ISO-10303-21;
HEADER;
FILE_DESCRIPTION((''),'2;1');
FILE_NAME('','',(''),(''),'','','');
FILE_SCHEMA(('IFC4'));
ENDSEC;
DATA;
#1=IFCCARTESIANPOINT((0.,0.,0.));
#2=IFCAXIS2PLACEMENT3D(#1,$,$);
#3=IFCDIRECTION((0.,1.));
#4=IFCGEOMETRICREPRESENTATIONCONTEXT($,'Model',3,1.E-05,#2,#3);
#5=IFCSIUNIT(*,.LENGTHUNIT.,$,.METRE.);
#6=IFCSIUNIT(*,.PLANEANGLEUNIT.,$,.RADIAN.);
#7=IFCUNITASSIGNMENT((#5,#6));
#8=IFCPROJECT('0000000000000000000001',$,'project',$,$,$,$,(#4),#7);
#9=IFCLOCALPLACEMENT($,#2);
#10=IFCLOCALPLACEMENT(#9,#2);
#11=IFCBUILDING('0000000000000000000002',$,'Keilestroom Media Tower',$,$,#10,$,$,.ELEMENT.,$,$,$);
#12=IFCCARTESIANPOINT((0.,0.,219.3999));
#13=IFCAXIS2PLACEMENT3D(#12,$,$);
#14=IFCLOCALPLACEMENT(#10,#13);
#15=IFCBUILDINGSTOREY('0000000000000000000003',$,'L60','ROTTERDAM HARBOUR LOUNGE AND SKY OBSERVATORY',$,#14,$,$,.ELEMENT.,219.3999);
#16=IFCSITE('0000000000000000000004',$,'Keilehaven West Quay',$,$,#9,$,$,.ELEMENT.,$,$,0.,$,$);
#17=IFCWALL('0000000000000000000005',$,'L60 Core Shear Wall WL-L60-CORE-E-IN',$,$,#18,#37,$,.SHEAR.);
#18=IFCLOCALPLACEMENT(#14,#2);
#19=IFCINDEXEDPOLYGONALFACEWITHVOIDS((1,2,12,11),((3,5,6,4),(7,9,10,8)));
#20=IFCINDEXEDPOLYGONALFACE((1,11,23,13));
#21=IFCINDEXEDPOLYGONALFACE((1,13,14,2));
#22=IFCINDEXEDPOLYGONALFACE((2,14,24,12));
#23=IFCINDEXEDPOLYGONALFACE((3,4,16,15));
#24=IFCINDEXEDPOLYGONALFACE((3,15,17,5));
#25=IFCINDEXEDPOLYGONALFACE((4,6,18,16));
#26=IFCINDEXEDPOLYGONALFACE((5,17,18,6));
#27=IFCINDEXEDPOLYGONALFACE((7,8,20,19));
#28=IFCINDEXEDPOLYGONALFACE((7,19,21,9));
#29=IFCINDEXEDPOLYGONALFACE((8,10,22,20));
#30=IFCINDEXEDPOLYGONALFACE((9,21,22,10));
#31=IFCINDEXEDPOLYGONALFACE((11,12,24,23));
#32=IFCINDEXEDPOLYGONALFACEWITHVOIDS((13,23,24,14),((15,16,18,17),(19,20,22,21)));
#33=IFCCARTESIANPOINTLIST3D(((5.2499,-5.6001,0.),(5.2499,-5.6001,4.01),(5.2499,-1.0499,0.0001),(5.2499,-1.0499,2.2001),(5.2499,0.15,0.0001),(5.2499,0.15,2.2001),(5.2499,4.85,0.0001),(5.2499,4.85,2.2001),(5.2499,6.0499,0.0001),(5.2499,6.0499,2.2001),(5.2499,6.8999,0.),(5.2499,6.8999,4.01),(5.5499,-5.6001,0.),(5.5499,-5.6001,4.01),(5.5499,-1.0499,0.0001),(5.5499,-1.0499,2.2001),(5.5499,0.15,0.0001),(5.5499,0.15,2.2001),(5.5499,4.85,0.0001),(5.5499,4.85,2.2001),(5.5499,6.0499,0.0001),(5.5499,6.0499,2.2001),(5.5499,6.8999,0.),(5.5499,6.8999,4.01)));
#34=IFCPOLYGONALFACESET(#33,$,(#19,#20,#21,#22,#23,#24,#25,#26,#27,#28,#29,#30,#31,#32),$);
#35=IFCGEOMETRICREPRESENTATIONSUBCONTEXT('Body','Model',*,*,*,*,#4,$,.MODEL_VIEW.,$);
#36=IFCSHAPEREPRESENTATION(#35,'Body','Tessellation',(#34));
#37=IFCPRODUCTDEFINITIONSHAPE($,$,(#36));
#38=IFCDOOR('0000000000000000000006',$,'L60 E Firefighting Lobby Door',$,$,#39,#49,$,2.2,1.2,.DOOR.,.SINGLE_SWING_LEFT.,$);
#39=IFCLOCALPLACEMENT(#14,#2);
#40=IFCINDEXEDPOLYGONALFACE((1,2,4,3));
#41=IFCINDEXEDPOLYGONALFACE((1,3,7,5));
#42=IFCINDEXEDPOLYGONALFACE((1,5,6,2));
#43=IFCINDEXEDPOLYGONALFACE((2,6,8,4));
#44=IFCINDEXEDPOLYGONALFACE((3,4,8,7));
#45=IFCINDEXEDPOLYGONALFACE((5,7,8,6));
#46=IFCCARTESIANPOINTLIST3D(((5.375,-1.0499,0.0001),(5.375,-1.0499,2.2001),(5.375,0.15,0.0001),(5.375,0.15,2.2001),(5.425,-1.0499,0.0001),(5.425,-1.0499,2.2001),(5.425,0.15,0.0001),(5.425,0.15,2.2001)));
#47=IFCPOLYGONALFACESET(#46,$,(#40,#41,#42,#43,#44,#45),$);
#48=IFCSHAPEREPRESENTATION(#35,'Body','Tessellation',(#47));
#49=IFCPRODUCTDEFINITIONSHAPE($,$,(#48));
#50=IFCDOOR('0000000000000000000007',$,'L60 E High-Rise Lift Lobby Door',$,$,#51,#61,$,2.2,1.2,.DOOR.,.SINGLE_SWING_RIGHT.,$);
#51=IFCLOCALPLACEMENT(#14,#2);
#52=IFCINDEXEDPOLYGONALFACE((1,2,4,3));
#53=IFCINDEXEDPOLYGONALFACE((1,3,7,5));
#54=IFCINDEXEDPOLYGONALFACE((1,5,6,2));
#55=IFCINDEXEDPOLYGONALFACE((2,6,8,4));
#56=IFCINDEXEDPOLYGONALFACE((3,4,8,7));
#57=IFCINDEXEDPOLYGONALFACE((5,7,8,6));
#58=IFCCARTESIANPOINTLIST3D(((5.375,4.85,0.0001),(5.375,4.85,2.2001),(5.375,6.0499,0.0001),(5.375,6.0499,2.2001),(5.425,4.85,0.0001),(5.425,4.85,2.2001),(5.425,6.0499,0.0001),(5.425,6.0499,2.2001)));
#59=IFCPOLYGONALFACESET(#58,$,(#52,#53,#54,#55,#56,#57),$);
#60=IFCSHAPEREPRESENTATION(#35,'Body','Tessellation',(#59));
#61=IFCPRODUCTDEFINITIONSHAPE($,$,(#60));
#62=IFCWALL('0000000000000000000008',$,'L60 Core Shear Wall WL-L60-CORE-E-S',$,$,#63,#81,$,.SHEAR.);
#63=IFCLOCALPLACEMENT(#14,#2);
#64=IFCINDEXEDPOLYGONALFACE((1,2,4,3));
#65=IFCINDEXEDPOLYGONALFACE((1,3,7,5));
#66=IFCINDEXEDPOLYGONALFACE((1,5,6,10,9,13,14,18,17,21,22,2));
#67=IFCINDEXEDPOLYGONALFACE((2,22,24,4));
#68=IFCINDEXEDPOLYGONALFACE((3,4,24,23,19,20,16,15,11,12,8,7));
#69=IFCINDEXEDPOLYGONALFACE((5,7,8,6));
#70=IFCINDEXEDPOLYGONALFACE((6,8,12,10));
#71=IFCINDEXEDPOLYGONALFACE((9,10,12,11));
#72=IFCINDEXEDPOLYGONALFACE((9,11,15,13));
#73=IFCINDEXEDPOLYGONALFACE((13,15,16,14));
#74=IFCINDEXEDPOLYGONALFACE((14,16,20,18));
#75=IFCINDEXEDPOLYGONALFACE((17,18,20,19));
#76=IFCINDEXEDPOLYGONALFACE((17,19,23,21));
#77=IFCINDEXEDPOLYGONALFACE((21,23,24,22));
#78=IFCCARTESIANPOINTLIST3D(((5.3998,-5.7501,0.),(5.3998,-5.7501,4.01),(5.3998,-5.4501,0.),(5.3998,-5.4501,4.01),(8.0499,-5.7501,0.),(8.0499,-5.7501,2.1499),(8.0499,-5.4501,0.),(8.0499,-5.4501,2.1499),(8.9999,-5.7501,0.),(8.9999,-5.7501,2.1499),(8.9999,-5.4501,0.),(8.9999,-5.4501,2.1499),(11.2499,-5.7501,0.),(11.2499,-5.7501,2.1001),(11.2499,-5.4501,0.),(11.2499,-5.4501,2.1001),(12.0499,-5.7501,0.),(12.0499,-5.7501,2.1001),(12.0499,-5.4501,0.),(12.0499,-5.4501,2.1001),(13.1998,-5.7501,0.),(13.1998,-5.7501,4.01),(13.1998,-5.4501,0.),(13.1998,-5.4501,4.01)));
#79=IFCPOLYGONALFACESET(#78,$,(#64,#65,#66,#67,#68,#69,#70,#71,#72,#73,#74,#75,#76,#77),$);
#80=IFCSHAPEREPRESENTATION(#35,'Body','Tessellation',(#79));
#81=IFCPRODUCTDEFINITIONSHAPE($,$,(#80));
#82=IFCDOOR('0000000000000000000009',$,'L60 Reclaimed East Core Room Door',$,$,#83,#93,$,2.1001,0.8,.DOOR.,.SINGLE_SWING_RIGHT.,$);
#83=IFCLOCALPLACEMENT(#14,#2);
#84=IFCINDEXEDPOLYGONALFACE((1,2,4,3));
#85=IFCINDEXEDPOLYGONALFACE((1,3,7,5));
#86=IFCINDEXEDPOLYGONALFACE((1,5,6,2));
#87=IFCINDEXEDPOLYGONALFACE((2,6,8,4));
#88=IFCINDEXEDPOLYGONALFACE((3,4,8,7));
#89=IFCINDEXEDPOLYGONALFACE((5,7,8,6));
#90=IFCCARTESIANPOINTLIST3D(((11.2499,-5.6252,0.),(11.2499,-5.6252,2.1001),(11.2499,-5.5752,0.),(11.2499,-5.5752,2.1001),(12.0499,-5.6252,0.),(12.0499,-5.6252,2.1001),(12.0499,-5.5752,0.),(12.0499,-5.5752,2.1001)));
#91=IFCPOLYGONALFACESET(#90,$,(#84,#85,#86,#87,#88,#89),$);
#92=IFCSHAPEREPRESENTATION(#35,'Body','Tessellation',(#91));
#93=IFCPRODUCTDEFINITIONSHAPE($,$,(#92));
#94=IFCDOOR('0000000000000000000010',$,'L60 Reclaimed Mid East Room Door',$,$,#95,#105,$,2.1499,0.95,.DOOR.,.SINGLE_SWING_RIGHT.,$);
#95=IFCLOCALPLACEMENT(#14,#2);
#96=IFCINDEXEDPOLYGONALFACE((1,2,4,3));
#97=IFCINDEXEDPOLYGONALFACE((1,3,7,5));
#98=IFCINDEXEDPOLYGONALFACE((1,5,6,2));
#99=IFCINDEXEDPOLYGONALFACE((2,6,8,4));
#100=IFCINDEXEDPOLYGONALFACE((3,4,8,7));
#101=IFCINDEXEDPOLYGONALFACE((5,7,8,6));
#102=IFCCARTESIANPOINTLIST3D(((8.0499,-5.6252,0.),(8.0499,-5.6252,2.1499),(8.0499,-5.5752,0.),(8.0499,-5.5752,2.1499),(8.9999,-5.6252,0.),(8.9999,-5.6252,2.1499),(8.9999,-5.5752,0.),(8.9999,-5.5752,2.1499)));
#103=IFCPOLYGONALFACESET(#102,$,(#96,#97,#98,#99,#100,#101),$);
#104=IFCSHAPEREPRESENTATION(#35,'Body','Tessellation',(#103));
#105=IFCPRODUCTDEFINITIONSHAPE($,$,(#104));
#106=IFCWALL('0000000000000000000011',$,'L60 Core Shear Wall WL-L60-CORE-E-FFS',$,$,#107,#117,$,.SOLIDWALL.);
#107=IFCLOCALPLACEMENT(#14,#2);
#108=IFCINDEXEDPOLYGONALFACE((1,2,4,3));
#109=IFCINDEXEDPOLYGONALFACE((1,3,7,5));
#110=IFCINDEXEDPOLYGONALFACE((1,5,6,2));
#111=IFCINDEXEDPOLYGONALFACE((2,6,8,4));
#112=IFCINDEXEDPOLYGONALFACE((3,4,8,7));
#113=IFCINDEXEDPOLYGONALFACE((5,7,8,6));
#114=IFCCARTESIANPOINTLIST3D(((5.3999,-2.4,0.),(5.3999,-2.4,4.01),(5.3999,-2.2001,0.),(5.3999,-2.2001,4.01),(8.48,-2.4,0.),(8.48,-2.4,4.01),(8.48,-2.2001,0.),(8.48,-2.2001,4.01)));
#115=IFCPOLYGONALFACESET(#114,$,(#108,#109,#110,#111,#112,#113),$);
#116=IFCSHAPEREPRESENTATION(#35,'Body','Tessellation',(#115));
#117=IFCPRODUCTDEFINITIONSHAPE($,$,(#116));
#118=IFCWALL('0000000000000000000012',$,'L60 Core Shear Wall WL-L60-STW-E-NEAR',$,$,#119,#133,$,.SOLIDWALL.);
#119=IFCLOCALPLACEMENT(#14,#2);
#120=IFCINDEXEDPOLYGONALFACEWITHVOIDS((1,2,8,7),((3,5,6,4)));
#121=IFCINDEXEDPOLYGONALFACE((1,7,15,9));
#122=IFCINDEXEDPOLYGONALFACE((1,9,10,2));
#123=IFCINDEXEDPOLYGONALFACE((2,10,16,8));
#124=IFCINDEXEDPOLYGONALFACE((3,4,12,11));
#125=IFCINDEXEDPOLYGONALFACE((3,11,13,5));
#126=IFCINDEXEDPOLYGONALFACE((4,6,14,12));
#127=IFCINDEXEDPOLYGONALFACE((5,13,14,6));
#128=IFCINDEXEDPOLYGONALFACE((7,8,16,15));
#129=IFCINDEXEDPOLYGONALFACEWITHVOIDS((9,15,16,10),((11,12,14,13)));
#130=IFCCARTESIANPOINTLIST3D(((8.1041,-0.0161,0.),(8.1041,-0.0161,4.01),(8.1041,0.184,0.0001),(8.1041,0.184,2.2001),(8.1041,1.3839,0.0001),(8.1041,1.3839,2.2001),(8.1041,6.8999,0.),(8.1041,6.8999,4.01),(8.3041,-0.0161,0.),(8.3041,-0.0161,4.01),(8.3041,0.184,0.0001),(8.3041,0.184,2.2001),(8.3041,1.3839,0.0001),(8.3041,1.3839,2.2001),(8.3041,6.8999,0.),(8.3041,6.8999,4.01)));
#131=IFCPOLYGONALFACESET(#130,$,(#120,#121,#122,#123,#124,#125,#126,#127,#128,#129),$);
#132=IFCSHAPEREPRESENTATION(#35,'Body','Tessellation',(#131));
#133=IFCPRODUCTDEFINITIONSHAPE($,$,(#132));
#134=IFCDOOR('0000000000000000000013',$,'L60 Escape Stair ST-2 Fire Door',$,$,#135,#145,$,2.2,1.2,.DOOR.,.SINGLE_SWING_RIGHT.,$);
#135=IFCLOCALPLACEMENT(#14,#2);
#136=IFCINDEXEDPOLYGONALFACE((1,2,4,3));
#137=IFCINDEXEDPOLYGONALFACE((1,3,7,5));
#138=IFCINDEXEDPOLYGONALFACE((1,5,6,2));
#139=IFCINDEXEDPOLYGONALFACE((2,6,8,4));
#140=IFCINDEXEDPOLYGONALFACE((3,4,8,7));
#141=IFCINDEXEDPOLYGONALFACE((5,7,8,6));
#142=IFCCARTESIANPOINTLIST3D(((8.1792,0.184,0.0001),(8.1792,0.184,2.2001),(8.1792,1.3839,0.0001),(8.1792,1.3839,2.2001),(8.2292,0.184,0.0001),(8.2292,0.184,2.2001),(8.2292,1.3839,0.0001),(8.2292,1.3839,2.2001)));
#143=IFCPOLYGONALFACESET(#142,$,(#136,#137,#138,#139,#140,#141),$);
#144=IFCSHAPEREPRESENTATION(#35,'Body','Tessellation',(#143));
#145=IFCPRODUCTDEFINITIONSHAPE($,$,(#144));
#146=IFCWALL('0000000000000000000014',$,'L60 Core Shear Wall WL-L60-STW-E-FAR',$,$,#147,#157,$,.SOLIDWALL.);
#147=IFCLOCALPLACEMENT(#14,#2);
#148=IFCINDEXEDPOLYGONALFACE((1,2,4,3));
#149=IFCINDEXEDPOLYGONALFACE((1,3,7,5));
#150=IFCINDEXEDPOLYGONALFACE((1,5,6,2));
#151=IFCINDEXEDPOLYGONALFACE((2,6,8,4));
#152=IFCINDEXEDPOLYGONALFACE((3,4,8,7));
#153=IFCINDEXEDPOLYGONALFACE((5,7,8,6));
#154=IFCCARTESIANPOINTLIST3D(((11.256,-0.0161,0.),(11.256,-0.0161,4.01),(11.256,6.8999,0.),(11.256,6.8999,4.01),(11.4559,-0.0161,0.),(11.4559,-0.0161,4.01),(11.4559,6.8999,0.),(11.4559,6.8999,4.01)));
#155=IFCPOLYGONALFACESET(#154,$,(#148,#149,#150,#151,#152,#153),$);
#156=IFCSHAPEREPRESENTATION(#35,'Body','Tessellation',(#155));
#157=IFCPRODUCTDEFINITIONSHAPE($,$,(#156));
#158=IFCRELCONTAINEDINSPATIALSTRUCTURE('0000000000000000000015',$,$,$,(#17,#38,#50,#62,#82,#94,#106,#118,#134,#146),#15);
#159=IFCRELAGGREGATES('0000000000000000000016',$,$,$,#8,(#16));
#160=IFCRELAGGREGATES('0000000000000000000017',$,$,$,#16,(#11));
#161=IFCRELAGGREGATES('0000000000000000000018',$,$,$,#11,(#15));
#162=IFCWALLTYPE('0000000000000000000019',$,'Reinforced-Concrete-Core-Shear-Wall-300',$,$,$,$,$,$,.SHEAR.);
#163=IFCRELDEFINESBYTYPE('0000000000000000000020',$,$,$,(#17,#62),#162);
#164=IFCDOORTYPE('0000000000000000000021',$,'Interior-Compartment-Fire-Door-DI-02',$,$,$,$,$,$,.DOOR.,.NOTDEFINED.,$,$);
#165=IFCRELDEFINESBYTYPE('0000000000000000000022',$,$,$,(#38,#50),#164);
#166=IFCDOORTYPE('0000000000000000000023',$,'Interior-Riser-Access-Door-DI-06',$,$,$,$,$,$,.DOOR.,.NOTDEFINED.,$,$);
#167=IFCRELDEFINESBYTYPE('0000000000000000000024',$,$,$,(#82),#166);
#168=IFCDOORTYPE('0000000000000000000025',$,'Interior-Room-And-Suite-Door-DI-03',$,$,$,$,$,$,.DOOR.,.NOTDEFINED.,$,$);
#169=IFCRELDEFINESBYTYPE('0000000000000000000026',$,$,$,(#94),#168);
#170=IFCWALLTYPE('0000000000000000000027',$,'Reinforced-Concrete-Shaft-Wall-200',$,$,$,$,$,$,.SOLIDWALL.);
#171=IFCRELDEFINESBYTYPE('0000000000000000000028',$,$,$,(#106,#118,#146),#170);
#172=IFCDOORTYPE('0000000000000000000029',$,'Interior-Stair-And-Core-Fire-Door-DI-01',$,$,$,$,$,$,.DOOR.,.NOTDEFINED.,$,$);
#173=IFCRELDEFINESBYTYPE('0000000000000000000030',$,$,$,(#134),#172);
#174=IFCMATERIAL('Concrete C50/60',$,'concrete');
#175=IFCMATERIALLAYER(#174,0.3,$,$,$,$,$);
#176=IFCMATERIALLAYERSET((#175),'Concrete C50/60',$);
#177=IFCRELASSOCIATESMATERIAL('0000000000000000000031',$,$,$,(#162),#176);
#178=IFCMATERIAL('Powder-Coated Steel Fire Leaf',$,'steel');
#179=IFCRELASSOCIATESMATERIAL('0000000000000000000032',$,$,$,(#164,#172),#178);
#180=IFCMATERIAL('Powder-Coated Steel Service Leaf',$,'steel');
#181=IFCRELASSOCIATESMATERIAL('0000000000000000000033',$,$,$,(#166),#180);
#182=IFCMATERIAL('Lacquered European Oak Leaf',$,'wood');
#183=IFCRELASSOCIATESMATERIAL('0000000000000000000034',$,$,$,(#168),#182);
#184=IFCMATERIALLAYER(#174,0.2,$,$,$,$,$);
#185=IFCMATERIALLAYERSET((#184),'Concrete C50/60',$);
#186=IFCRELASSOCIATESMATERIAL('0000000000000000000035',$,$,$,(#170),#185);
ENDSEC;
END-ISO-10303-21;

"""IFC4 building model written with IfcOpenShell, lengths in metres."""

from ifc_helpers import new_model, si_unit, direction, frame, frame_2d, origin, place, context, subcontext, project, spatial, rectangle, extrude, source, transform, mapped, material, layer, layer_set, type_object, element, fill, save


model = new_model("IFC4")

# Units and contexts
model_context = context("Model", 3, precision=1e-05, world=origin(), true_north=direction((0.0, 1.0)))
body_context = subcontext(model_context, "Body", "Model", "MODEL_VIEW")
ifc_project = project(units=[si_unit("LENGTHUNIT", "METRE"), si_unit("PLANEANGLEUNIT", "RADIAN")], contexts=[model_context])

# Site, building, storey
site_placement = place(None, origin())
site = spatial("IfcSite", under=ifc_project, at=site_placement, Name="Keilehaven West Quay", CompositionType="ELEMENT", RefElevation=0.0)
building_placement = place(site_placement, origin())
building = spatial("IfcBuilding", under=site, at=building_placement, Name="Keilestroom Media Tower", CompositionType="ELEMENT")
storey_placement = place(building_placement, frame((0.0, 0.0, 219.3999)))
storey = spatial("IfcBuildingStorey", under=building, at=storey_placement, Name="L60", Description="ROTTERDAM HARBOUR LOUNGE AND SKY OBSERVATORY", CompositionType="ELEMENT", Elevation=219.3999)

# Shared definitions
ifc_material_1 = material(Name="Concrete C50/60", Category="concrete")

# Shared definitions
ifc_layer_1 = layer(ifc_material_1, 0.3)
ifc_layer_set_1 = layer_set([ifc_layer_1], Name="Concrete C50/60")
wall_type_1 = type_object("IfcWallType", Name="Reinforced-Concrete-Core-Shear-Wall-300", PredefinedType="SHEAR", material=ifc_layer_set_1)

# Walls, openings, doors
wall_1_placement = place(storey_placement, frame((5.3999, -5.6001, 0.0), z_axis=(0.0, 0.0, 1.0), x_axis=(0.0, 1.0, 0.0)))
wall_1 = element("IfcWall", 1, at=wall_1_placement, inside=storey, type_object=wall_type_1, Name="L60 Core Shear Wall WL-L60-CORE-E-IN", PredefinedType="SHEAR", context=body_context, shape_type="SweptSolid", body=[
    extrude(rectangle(XDim=12.5, YDim=0.3, at=frame_2d((6.25, 0.0))), origin(), (0.0, 0.0, 1.0), 4.01),
])
opening_1_placement = place(wall_1_placement, frame((4.55, 0.0, 0.0)))
opening_1 = element("IfcOpeningElement", 2, at=opening_1_placement, cuts=wall_1, PredefinedType="OPENING", context=body_context, shape_type="SweptSolid", body=[
    extrude(rectangle(XDim=1.2, YDim=2.2, at=frame_2d((0.6001, 1.1001))), frame((0.0, 0.1602, 0.0), z_axis=(0.0, -1.0, 0.0), x_axis=(1.0, 0.0, 0.0)), (0.0, 0.0, 1.0), 0.3201),
])
opening_2_placement = place(wall_1_placement, frame((10.45, 0.0, 0.0)))
opening_2 = element("IfcOpeningElement", 3, at=opening_2_placement, cuts=wall_1, PredefinedType="OPENING", context=body_context, shape_type="SweptSolid", body=[
    extrude(rectangle(XDim=1.2, YDim=2.2, at=frame_2d((0.6001, 1.1001))), frame((0.0, 0.1602, 0.0), z_axis=(0.0, -1.0, 0.0), x_axis=(1.0, 0.0, 0.0)), (0.0, 0.0, 1.0), 0.3201),
])
ifc_material_2 = material(Name="Powder-Coated Steel Fire Leaf", Category="steel")
door_type_1 = type_object("IfcDoorType", Name="Interior-Compartment-Fire-Door-DI-02", OperationType="NOTDEFINED", PredefinedType="DOOR", material=ifc_material_2)
shared_shape_1 = source(origin(), body_context, "Body", "SweptSolid", [
    extrude(rectangle(XDim=1.2, YDim=2.2, at=frame_2d((0.6001, 1.1001))), frame((0.0, 0.0249, 0.0), z_axis=(0.0, -1.0, 0.0), x_axis=(1.0, 0.0, 0.0)), (0.0, 0.0, 1.0), 0.05),
])
door_1_placement = place(opening_1_placement, origin())
door_1 = element("IfcDoor", 4, at=door_1_placement, inside=storey, type_object=door_type_1, Name="L60 E Firefighting Lobby Door", OperationType="SINGLE_SWING_LEFT", OverallHeight=2.2, OverallWidth=1.2, PredefinedType="DOOR", context=body_context, shape_type="MappedRepresentation", body=[
    mapped(shared_shape_1, transform((0.0, 0.0, 0.0), x_axis=(1.0, 0.0, 0.0), y_axis=(0.0, 1.0, 0.0), z_axis=(0.0, 0.0, 1.0), scale=1.0)),
])
fill(opening_1, door_1)
door_2_placement = place(opening_2_placement, origin())
door_2 = element("IfcDoor", 5, at=door_2_placement, inside=storey, type_object=door_type_1, Name="L60 E High-Rise Lift Lobby Door", OperationType="SINGLE_SWING_RIGHT", OverallHeight=2.2, OverallWidth=1.2, PredefinedType="DOOR", context=body_context, shape_type="MappedRepresentation", body=[
    mapped(shared_shape_1, transform((0.0, 0.0, 0.0), x_axis=(1.0, 0.0, 0.0), y_axis=(0.0, 1.0, 0.0), z_axis=(0.0, 0.0, 1.0), scale=1.0)),
])
fill(opening_2, door_2)
wall_2_placement = place(storey_placement, frame((5.3999, -5.6001, 0.0), z_axis=(0.0, 0.0, 1.0), x_axis=(1.0, 0.0, 0.0)))
wall_2 = element("IfcWall", 6, at=wall_2_placement, inside=storey, type_object=wall_type_1, Name="L60 Core Shear Wall WL-L60-CORE-E-S", PredefinedType="SHEAR", context=body_context, shape_type="SweptSolid", body=[
    extrude(rectangle(XDim=7.8, YDim=0.3, at=frame_2d((3.8999, 0.0))), origin(), (0.0, 0.0, 1.0), 4.01),
])
opening_3_placement = place(wall_2_placement, frame((5.8501, 0.0, 0.0)))
opening_3 = element("IfcOpeningElement", 7, at=opening_3_placement, cuts=wall_2, PredefinedType="OPENING", context=body_context, shape_type="SweptSolid", body=[
    extrude(rectangle(XDim=0.8, YDim=2.1001, at=frame_2d((0.3999, 1.05))), frame((0.0, 0.1602, 0.0), z_axis=(0.0, -1.0, 0.0), x_axis=(1.0, 0.0, 0.0)), (0.0, 0.0, 1.0), 0.3201),
])
opening_4_placement = place(wall_2_placement, frame((2.6499, 0.0, 0.0)))
opening_4 = element("IfcOpeningElement", 8, at=opening_4_placement, cuts=wall_2, PredefinedType="OPENING", context=body_context, shape_type="SweptSolid", body=[
    extrude(rectangle(XDim=0.95, YDim=2.1499, at=frame_2d((0.4751, 1.075))), frame((0.0, 0.1602, 0.0), z_axis=(0.0, -1.0, 0.0), x_axis=(1.0, 0.0, 0.0)), (0.0, 0.0, 1.0), 0.3201),
])
ifc_material_3 = material(Name="Powder-Coated Steel Service Leaf", Category="steel")
door_type_2 = type_object("IfcDoorType", Name="Interior-Riser-Access-Door-DI-06", OperationType="NOTDEFINED", PredefinedType="DOOR", material=ifc_material_3)
shared_shape_2 = source(origin(), body_context, "Body", "SweptSolid", [
    extrude(rectangle(XDim=0.8, YDim=2.1001, at=frame_2d((0.3999, 1.05))), frame((0.0, 0.0249, 0.0), z_axis=(0.0, -1.0, 0.0), x_axis=(1.0, 0.0, 0.0)), (0.0, 0.0, 1.0), 0.05),
])
door_3_placement = place(opening_3_placement, origin())
door_3 = element("IfcDoor", 9, at=door_3_placement, inside=storey, type_object=door_type_2, Name="L60 Reclaimed East Core Room Door", OperationType="SINGLE_SWING_RIGHT", OverallHeight=2.1001, OverallWidth=0.8, PredefinedType="DOOR", context=body_context, shape_type="MappedRepresentation", body=[
    mapped(shared_shape_2, transform((0.0, 0.0, 0.0), x_axis=(1.0, 0.0, 0.0), y_axis=(0.0, 1.0, 0.0), z_axis=(0.0, 0.0, 1.0), scale=1.0)),
])
fill(opening_3, door_3)
ifc_material_4 = material(Name="Lacquered European Oak Leaf", Category="wood")
door_type_3 = type_object("IfcDoorType", Name="Interior-Room-And-Suite-Door-DI-03", OperationType="NOTDEFINED", PredefinedType="DOOR", material=ifc_material_4)
shared_shape_3 = source(origin(), body_context, "Body", "SweptSolid", [
    extrude(rectangle(XDim=0.95, YDim=2.1499, at=frame_2d((0.4751, 1.075))), frame((0.0, 0.0249, 0.0), z_axis=(0.0, -1.0, 0.0), x_axis=(1.0, 0.0, 0.0)), (0.0, 0.0, 1.0), 0.05),
])
door_4_placement = place(opening_4_placement, origin())
door_4 = element("IfcDoor", 10, at=door_4_placement, inside=storey, type_object=door_type_3, Name="L60 Reclaimed Mid East Room Door", OperationType="SINGLE_SWING_RIGHT", OverallHeight=2.1499, OverallWidth=0.95, PredefinedType="DOOR", context=body_context, shape_type="MappedRepresentation", body=[
    mapped(shared_shape_3, transform((0.0, 0.0, 0.0), x_axis=(1.0, 0.0, 0.0), y_axis=(0.0, 1.0, 0.0), z_axis=(0.0, 0.0, 1.0), scale=1.0)),
])
fill(opening_4, door_4)

# Wall
ifc_layer_2 = layer(ifc_material_1, 0.2)
ifc_layer_set_2 = layer_set([ifc_layer_2], Name="Concrete C50/60")
wall_type_2 = type_object("IfcWallType", Name="Reinforced-Concrete-Shaft-Wall-200", PredefinedType="SOLIDWALL", material=ifc_layer_set_2)
wall_3_placement = place(storey_placement, frame((5.3999, -2.3, 0.0), z_axis=(0.0, 0.0, 1.0), x_axis=(1.0, 0.0, 0.0)))
element("IfcWall", 11, at=wall_3_placement, inside=storey, type_object=wall_type_2, Name="L60 Core Shear Wall WL-L60-CORE-E-FFS", PredefinedType="SOLIDWALL", context=body_context, shape_type="SweptSolid", body=[
    extrude(rectangle(XDim=3.0801, YDim=0.2, at=frame_2d((1.54, 0.0))), origin(), (0.0, 0.0, 1.0), 4.01),
])

# Wall, opening, door
wall_4_placement = place(storey_placement, frame((8.2041, -0.0161, 0.0), z_axis=(0.0, 0.0, 1.0), x_axis=(0.0, 1.0, 0.0)))
wall_4 = element("IfcWall", 12, at=wall_4_placement, inside=storey, type_object=wall_type_2, Name="L60 Core Shear Wall WL-L60-STW-E-NEAR", PredefinedType="SOLIDWALL", context=body_context, shape_type="SweptSolid", body=[
    extrude(rectangle(XDim=6.916, YDim=0.2, at=frame_2d((3.458, 0.0))), origin(), (0.0, 0.0, 1.0), 4.01),
])
opening_5_placement = place(wall_4_placement, frame((0.2, 0.0, 0.0)))
opening_5 = element("IfcOpeningElement", 13, at=opening_5_placement, cuts=wall_4, PredefinedType="OPENING", context=body_context, shape_type="SweptSolid", body=[
    extrude(rectangle(XDim=1.2, YDim=2.2, at=frame_2d((0.6001, 1.1001))), frame((0.0, 0.1099, 0.0), z_axis=(0.0, -1.0, 0.0), x_axis=(1.0, 0.0, 0.0)), (0.0, 0.0, 1.0), 0.22),
])
door_type_4 = type_object("IfcDoorType", Name="Interior-Stair-And-Core-Fire-Door-DI-01", OperationType="NOTDEFINED", PredefinedType="DOOR", material=ifc_material_2)
door_5_placement = place(opening_5_placement, origin())
door_5 = element("IfcDoor", 14, at=door_5_placement, inside=storey, type_object=door_type_4, Name="L60 Escape Stair ST-2 Fire Door", OperationType="SINGLE_SWING_RIGHT", OverallHeight=2.2, OverallWidth=1.2, PredefinedType="DOOR", context=body_context, shape_type="MappedRepresentation", body=[
    mapped(shared_shape_1, transform((0.0, 0.0, 0.0), x_axis=(1.0, 0.0, 0.0), y_axis=(0.0, 1.0, 0.0), z_axis=(0.0, 0.0, 1.0), scale=1.0)),
])
fill(opening_5, door_5)

# Wall
wall_5_placement = place(storey_placement, frame((11.356, -0.0161, 0.0), z_axis=(0.0, 0.0, 1.0), x_axis=(0.0, 1.0, 0.0)))
element("IfcWall", 15, at=wall_5_placement, inside=storey, type_object=wall_type_2, Name="L60 Core Shear Wall WL-L60-STW-E-FAR", PredefinedType="SOLIDWALL", context=body_context, shape_type="SweptSolid", body=[
    extrude(rectangle(XDim=6.916, YDim=0.2, at=frame_2d((3.458, 0.0))), origin(), (0.0, 0.0, 1.0), 4.01),
])

save(model, "model.ifc")
